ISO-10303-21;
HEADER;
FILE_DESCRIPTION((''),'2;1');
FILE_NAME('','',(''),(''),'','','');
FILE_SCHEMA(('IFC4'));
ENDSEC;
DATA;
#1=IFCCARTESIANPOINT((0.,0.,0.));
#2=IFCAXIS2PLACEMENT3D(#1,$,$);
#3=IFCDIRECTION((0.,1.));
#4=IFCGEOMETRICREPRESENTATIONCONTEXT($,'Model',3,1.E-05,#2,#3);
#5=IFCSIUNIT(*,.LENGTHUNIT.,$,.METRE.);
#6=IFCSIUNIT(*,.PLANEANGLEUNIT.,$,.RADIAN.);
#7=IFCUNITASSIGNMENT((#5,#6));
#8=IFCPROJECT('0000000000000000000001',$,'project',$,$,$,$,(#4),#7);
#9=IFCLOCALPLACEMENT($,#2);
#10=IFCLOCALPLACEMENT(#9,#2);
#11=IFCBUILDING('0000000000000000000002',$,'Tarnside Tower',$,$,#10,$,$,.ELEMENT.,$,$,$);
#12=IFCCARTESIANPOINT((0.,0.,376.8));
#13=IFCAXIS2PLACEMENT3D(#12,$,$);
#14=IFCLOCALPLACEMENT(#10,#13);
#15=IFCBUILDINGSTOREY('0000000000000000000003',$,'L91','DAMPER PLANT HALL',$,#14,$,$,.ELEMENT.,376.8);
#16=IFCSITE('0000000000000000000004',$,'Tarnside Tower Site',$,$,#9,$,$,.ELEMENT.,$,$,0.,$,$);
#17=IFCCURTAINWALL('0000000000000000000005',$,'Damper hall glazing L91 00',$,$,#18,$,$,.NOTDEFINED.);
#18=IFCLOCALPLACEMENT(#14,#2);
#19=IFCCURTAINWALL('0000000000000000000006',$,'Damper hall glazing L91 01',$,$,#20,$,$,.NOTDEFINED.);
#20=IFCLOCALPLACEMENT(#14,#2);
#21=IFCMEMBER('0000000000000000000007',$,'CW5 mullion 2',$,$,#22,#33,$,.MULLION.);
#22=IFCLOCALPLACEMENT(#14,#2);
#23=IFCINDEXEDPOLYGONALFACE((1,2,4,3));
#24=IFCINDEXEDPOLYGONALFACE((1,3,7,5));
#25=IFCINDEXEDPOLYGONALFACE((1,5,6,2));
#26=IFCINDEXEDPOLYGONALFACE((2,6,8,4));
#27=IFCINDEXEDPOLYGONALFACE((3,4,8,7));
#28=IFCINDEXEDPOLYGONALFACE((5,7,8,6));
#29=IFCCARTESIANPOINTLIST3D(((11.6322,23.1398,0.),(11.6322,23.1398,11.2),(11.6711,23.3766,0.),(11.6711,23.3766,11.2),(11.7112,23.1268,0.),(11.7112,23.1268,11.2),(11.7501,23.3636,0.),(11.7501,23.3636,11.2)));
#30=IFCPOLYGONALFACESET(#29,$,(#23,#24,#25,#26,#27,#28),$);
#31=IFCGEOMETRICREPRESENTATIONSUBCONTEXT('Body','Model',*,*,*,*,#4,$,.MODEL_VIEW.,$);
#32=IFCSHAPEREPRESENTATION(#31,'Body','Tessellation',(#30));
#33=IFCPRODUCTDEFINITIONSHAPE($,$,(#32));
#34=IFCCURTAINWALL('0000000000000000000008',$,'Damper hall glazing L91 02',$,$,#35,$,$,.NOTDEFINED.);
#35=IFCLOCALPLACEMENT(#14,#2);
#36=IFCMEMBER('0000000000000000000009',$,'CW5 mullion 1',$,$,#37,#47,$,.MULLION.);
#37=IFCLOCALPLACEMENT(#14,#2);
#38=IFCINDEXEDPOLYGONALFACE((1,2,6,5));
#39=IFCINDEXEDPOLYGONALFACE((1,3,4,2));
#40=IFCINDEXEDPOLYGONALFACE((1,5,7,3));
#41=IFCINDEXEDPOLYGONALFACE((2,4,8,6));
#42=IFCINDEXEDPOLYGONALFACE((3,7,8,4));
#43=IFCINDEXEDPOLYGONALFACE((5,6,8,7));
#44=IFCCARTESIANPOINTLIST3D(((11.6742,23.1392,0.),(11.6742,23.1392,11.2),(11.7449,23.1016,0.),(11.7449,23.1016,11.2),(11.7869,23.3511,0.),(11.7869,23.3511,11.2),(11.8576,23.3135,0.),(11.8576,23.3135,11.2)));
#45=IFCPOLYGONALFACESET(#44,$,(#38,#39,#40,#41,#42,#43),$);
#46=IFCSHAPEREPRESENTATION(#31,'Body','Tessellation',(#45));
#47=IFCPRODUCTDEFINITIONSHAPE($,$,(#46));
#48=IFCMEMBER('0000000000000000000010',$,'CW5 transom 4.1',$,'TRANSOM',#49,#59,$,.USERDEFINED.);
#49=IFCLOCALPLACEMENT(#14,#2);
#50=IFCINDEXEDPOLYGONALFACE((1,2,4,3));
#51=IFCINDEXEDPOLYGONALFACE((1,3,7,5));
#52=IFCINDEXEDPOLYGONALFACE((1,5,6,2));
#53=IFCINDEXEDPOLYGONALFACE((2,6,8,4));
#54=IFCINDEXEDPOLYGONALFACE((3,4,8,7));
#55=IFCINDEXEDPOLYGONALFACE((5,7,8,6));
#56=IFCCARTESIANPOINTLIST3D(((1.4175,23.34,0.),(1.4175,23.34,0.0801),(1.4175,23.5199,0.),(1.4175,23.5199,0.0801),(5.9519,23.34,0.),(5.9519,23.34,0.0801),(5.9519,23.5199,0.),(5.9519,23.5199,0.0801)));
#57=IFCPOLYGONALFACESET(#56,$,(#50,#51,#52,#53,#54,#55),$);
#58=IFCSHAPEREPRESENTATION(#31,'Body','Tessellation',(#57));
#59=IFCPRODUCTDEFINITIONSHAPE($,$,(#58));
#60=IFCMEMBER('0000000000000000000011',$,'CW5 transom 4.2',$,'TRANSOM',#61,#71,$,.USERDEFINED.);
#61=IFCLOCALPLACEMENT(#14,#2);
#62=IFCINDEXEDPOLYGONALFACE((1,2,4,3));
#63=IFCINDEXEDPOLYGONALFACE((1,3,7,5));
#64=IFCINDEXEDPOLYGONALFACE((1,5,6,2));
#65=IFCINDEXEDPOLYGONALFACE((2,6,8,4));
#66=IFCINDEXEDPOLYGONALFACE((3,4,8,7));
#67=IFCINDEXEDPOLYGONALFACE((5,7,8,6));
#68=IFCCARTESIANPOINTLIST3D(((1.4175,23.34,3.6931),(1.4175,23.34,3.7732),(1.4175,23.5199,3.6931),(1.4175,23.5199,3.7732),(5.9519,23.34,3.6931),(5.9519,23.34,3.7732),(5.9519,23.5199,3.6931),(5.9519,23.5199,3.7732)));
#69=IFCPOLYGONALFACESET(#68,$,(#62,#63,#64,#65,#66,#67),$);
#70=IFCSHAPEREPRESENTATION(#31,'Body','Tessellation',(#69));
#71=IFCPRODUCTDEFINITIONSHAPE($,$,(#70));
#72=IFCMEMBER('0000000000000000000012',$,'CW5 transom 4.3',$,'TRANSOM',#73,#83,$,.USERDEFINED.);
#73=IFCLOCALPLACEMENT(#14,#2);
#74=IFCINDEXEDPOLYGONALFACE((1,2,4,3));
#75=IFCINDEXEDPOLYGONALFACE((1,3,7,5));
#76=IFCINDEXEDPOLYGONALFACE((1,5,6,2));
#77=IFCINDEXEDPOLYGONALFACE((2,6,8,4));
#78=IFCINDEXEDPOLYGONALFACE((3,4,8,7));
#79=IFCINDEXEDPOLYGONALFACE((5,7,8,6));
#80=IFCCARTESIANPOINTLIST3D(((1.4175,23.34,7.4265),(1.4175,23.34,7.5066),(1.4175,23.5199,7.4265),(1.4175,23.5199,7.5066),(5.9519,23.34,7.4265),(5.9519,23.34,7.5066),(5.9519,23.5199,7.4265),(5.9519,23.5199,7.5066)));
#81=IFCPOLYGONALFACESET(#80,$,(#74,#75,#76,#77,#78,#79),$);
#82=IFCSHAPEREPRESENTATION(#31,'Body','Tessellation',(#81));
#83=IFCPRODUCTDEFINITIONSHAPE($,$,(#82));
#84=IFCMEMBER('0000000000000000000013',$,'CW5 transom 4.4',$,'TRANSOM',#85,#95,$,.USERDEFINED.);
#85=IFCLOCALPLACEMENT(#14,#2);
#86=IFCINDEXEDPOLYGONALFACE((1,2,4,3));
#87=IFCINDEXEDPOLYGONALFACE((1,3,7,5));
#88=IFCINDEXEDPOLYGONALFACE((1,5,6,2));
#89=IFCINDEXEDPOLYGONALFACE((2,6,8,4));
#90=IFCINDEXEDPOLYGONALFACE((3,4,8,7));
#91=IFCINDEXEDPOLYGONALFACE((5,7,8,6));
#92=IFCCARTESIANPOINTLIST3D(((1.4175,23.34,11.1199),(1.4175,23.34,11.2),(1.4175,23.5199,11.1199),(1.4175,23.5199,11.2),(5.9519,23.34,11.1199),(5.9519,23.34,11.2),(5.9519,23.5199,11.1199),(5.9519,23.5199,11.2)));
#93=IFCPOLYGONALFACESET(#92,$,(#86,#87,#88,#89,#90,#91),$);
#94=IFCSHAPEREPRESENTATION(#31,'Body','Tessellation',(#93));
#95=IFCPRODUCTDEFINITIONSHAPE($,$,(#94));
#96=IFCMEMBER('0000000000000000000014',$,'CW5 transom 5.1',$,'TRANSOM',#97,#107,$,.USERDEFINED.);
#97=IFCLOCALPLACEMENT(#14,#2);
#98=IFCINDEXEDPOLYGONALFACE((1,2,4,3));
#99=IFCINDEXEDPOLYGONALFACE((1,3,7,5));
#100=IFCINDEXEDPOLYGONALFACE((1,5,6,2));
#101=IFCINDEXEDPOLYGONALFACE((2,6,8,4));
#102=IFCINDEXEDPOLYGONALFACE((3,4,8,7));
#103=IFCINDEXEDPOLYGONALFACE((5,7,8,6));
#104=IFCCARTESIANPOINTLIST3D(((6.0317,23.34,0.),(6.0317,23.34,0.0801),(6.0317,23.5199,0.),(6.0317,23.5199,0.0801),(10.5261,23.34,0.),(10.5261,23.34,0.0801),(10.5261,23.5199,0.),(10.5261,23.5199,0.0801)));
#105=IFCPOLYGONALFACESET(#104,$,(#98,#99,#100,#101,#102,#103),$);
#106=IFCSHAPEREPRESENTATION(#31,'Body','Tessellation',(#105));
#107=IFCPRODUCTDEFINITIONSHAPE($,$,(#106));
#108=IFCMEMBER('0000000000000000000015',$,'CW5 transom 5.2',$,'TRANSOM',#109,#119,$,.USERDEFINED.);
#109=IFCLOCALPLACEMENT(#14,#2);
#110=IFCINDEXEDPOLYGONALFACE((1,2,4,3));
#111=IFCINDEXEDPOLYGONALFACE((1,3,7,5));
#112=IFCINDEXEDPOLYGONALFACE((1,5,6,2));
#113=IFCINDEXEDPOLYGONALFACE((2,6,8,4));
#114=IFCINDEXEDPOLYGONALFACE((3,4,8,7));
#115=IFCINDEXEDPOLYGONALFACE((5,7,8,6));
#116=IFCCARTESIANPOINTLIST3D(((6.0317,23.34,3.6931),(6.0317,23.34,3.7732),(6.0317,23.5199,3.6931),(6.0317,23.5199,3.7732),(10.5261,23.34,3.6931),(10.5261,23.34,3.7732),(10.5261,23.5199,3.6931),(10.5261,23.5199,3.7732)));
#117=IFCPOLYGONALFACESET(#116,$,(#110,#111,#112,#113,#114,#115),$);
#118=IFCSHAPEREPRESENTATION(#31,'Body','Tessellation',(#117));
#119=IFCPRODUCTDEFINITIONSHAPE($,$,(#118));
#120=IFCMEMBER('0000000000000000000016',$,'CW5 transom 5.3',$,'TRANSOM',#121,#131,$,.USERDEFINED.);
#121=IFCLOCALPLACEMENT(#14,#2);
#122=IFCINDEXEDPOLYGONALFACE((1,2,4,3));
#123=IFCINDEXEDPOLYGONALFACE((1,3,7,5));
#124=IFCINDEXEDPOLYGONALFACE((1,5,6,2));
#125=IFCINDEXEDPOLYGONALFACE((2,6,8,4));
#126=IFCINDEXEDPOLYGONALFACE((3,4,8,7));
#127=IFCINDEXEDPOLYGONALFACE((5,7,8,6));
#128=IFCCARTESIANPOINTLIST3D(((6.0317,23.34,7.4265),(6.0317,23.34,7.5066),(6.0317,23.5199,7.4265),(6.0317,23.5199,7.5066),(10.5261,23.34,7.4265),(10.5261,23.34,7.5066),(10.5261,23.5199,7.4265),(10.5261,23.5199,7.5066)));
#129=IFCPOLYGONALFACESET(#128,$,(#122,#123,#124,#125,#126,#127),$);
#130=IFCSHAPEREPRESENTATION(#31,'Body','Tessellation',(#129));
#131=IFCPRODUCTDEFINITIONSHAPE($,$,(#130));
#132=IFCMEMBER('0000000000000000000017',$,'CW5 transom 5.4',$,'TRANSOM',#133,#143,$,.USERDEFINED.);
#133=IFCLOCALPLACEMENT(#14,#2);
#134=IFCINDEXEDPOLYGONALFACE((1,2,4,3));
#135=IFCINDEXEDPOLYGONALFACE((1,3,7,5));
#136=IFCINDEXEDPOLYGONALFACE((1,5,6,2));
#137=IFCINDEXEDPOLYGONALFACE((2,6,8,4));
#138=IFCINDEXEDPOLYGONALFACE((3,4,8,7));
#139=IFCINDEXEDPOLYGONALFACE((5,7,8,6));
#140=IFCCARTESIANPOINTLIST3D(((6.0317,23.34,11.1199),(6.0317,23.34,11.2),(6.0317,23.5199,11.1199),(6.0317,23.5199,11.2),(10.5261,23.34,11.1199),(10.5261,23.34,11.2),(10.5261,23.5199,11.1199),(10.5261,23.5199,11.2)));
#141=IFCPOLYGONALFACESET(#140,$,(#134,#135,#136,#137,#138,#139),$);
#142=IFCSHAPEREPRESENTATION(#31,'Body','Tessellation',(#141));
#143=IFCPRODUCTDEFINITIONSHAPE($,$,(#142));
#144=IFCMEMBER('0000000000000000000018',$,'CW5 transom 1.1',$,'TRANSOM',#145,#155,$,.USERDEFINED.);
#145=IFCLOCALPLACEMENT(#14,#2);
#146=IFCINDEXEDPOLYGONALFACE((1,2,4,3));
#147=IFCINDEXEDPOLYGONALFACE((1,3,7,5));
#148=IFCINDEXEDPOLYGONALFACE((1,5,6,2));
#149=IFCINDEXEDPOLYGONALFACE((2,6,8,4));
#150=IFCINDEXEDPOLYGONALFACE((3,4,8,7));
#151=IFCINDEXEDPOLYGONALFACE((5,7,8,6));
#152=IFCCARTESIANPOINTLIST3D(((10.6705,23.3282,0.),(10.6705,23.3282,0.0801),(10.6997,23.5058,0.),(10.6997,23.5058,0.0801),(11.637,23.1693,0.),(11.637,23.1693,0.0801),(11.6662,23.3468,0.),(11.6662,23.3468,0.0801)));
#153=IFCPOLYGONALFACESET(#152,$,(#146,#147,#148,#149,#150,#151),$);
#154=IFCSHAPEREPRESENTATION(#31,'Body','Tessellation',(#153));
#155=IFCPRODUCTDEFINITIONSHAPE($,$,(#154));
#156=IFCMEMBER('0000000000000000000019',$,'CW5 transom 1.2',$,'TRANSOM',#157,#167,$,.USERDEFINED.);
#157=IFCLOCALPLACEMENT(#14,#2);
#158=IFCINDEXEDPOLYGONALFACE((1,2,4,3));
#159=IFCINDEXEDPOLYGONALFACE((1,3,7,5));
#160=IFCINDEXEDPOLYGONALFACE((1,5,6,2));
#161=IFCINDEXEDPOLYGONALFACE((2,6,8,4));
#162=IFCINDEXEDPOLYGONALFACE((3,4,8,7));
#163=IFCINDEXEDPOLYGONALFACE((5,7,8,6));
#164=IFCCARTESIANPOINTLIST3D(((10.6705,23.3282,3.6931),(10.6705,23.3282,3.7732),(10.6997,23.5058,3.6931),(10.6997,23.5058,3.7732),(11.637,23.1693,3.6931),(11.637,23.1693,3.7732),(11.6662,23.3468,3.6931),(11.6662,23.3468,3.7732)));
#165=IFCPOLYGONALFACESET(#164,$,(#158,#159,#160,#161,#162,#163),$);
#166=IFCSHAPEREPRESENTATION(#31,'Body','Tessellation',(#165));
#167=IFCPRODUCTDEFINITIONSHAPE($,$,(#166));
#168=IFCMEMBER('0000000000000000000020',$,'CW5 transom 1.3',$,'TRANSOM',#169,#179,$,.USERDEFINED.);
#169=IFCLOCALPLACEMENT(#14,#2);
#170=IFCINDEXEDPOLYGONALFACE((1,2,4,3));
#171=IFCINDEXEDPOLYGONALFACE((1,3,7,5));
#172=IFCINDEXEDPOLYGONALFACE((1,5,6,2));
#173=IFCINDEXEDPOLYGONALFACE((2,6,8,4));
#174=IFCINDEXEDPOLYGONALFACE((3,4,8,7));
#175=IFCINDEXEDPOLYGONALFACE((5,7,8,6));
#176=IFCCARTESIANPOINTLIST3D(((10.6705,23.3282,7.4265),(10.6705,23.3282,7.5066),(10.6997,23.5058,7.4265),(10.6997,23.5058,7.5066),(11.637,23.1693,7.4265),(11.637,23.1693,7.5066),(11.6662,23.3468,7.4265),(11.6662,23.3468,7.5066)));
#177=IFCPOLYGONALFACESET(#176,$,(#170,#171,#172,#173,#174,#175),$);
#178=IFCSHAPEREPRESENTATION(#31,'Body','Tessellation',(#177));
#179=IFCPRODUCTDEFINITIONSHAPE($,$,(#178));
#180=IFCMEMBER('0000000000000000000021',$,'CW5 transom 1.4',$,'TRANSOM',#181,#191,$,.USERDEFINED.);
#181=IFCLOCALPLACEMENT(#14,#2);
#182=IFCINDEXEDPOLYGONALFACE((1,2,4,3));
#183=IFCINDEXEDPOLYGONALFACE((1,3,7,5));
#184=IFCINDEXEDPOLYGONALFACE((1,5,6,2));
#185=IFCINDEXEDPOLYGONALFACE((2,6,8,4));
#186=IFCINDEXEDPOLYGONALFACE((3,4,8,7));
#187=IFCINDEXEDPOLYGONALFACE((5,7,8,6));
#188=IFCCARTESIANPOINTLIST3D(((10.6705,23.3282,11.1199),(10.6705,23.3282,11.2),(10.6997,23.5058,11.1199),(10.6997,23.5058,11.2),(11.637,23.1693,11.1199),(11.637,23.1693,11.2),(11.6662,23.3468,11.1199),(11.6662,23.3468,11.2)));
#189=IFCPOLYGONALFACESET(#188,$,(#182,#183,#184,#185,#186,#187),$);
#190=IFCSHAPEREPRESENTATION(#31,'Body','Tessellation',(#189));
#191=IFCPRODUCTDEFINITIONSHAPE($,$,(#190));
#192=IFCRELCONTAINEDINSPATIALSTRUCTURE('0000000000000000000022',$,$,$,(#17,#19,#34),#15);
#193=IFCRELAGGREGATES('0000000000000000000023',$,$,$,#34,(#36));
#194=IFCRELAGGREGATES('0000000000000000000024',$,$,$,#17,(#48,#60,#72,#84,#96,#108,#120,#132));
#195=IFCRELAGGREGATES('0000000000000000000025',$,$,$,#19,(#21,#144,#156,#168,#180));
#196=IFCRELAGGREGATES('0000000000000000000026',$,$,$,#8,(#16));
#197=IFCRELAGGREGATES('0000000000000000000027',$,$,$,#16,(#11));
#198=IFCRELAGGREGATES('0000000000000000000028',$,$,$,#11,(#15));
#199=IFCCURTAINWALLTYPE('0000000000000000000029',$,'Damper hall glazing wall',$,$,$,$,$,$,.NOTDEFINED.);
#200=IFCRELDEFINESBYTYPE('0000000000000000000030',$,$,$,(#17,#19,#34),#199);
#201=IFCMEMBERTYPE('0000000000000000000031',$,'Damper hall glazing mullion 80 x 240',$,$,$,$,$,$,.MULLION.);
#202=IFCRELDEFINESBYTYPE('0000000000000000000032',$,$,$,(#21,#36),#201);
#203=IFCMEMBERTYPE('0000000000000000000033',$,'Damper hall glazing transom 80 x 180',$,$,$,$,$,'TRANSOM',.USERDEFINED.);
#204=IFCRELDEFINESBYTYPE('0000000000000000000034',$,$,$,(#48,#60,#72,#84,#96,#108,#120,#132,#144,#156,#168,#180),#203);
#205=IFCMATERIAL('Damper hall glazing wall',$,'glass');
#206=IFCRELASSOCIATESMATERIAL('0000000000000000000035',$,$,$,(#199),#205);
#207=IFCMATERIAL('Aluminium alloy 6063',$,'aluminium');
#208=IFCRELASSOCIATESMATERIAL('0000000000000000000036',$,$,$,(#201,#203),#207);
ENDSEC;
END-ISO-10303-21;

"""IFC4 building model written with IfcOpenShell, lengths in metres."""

from ifc_helpers import new_model, si_unit, direction, frame, origin, origin_2d, place, context, subcontext, project, spatial, rectangle, extrude, material, material_profile, profile_set, type_object, element, aggregate, save


model = new_model("IFC4")

# Units and contexts
model_context = context("Model", 3, precision=1e-05, world=origin(), true_north=direction((0.0, 1.0)))
body_context = subcontext(model_context, "Body", "Model", "MODEL_VIEW")
ifc_project = project(units=[si_unit("LENGTHUNIT", "METRE"), si_unit("PLANEANGLEUNIT", "RADIAN")], contexts=[model_context])

# Site, building, storey
site_placement = place(None, origin())
site = spatial("IfcSite", under=ifc_project, at=site_placement, Name="Tarnside Tower Site", CompositionType="ELEMENT", RefElevation=0.0)
building_placement = place(site_placement, origin())
building = spatial("IfcBuilding", under=site, at=building_placement, Name="Tarnside Tower", CompositionType="ELEMENT")
storey_placement = place(building_placement, frame((0.0, 0.0, 376.8)))
storey = spatial("IfcBuildingStorey", under=building, at=storey_placement, Name="L91", Description="DAMPER PLANT HALL", CompositionType="ELEMENT", Elevation=376.8)

# Curtain walls, member
ifc_material_1 = material(Name="Damper hall glazing wall", Category="glass")
curtain_wall_type = type_object("IfcCurtainWallType", Name="Damper hall glazing wall", PredefinedType="NOTDEFINED", material=ifc_material_1)
curtain_wall_1_placement = place(storey_placement, origin())
curtain_wall_1 = element("IfcCurtainWall", 1, at=curtain_wall_1_placement, inside=storey, type_object=curtain_wall_type, Name="Damper hall glazing L91 00", PredefinedType="NOTDEFINED")
ifc_material_2 = material(Name="Aluminium alloy 6063", Category="aluminium")
ifc_material_profile_1 = material_profile(ifc_material_2, rectangle(XDim=0.24, YDim=0.0801, at=origin_2d()), Name="Damper hall glazing mullion 80 x 240")
ifc_profile_set_1 = profile_set([ifc_material_profile_1], Name="Aluminium alloy 6063")
member_type_1 = type_object("IfcMemberType", Name="Damper hall glazing mullion 80 x 240", PredefinedType="MULLION", material=ifc_profile_set_1)
curtain_wall_2_placement = place(storey_placement, origin())
curtain_wall_2 = element("IfcCurtainWall", 2, at=curtain_wall_2_placement, inside=storey, type_object=curtain_wall_type, Name="Damper hall glazing L91 01", PredefinedType="NOTDEFINED")
member_1_placement = place(storey_placement, frame((11.6912, 23.2517, 0.0), z_axis=(0.0, 0.0, 1.0), x_axis=(0.162178, 0.986762, 0.0)))
member_1 = element("IfcMember", 3, at=member_1_placement, type_object=member_type_1, Name="CW5 mullion 2", PredefinedType="MULLION", context=body_context, shape_type="SweptSolid", body=[
    extrude(rectangle(XDim=0.24, YDim=0.0801, at=origin_2d()), origin(), (0.0, 0.0, 1.0), 11.2),
])

# Curtain wall, member
curtain_wall_3_placement = place(storey_placement, origin())
curtain_wall_3 = element("IfcCurtainWall", 4, at=curtain_wall_3_placement, inside=storey, type_object=curtain_wall_type, Name="Damper hall glazing L91 02", PredefinedType="NOTDEFINED")
member_2_placement = place(storey_placement, frame((11.7659, 23.2263, 0.0), z_axis=(0.0, 0.0, 1.0), x_axis=(0.469472, 0.882948, 0.0)))
member_2 = element("IfcMember", 5, at=member_2_placement, type_object=member_type_1, Name="CW5 mullion 1", PredefinedType="MULLION", context=body_context, shape_type="SweptSolid", body=[
    extrude(rectangle(XDim=0.24, YDim=0.0801, at=origin_2d()), origin(), (0.0, 0.0, 1.0), 11.2),
])

# Members
ifc_material_profile_2 = material_profile(ifc_material_2, rectangle(XDim=0.1799, YDim=0.0801, at=origin_2d()), Name="Damper hall glazing transom 80 x 180")
ifc_profile_set_2 = profile_set([ifc_material_profile_2], Name="Aluminium alloy 6063")
member_type_2 = type_object("IfcMemberType", Name="Damper hall glazing transom 80 x 180", ElementType="TRANSOM", PredefinedType="USERDEFINED", material=ifc_profile_set_2)
member_3_placement = place(storey_placement, frame((1.4175, 23.4299, 0.04), z_axis=(1.0, 0.0, 0.0), x_axis=(0.0, 1.0, 0.0)))
member_3 = element("IfcMember", 6, at=member_3_placement, type_object=member_type_2, Name="CW5 transom 4.1", ObjectType="TRANSOM", PredefinedType="USERDEFINED", context=body_context, shape_type="SweptSolid", body=[
    extrude(rectangle(XDim=0.1799, YDim=0.0801, at=origin_2d()), origin(), (0.0, 0.0, 1.0), 4.5344),
])
member_4_placement = place(storey_placement, frame((1.4175, 23.4299, 3.7332), z_axis=(1.0, 0.0, 0.0), x_axis=(0.0, 1.0, 0.0)))
member_4 = element("IfcMember", 7, at=member_4_placement, type_object=member_type_2, Name="CW5 transom 4.2", ObjectType="TRANSOM", PredefinedType="USERDEFINED", context=body_context, shape_type="SweptSolid", body=[
    extrude(rectangle(XDim=0.1799, YDim=0.0801, at=origin_2d()), origin(), (0.0, 0.0, 1.0), 4.5344),
])
member_5_placement = place(storey_placement, frame((1.4175, 23.4299, 7.4666), z_axis=(1.0, 0.0, 0.0), x_axis=(0.0, 1.0, 0.0)))
member_5 = element("IfcMember", 8, at=member_5_placement, type_object=member_type_2, Name="CW5 transom 4.3", ObjectType="TRANSOM", PredefinedType="USERDEFINED", context=body_context, shape_type="SweptSolid", body=[
    extrude(rectangle(XDim=0.1799, YDim=0.0801, at=origin_2d()), origin(), (0.0, 0.0, 1.0), 4.5344),
])
member_6_placement = place(storey_placement, frame((1.4175, 23.4299, 11.1599), z_axis=(1.0, 0.0, 0.0), x_axis=(0.0, 1.0, 0.0)))
member_6 = element("IfcMember", 9, at=member_6_placement, type_object=member_type_2, Name="CW5 transom 4.4", ObjectType="TRANSOM", PredefinedType="USERDEFINED", context=body_context, shape_type="SweptSolid", body=[
    extrude(rectangle(XDim=0.1799, YDim=0.0801, at=origin_2d()), origin(), (0.0, 0.0, 1.0), 4.5344),
])
member_7_placement = place(storey_placement, frame((6.0317, 23.4299, 0.04), z_axis=(1.0, 0.0, 0.0), x_axis=(0.0, 1.0, 0.0)))
member_7 = element("IfcMember", 10, at=member_7_placement, type_object=member_type_2, Name="CW5 transom 5.1", ObjectType="TRANSOM", PredefinedType="USERDEFINED", context=body_context, shape_type="SweptSolid", body=[
    extrude(rectangle(XDim=0.1799, YDim=0.0801, at=origin_2d()), origin(), (0.0, 0.0, 1.0), 4.4944),
])
member_8_placement = place(storey_placement, frame((6.0317, 23.4299, 3.7332), z_axis=(1.0, 0.0, 0.0), x_axis=(0.0, 1.0, 0.0)))
member_8 = element("IfcMember", 11, at=member_8_placement, type_object=member_type_2, Name="CW5 transom 5.2", ObjectType="TRANSOM", PredefinedType="USERDEFINED", context=body_context, shape_type="SweptSolid", body=[
    extrude(rectangle(XDim=0.1799, YDim=0.0801, at=origin_2d()), origin(), (0.0, 0.0, 1.0), 4.4944),
])
member_9_placement = place(storey_placement, frame((6.0317, 23.4299, 7.4666), z_axis=(1.0, 0.0, 0.0), x_axis=(0.0, 1.0, 0.0)))
member_9 = element("IfcMember", 12, at=member_9_placement, type_object=member_type_2, Name="CW5 transom 5.3", ObjectType="TRANSOM", PredefinedType="USERDEFINED", context=body_context, shape_type="SweptSolid", body=[
    extrude(rectangle(XDim=0.1799, YDim=0.0801, at=origin_2d()), origin(), (0.0, 0.0, 1.0), 4.4944),
])
member_10_placement = place(storey_placement, frame((6.0317, 23.4299, 11.1599), z_axis=(1.0, 0.0, 0.0), x_axis=(0.0, 1.0, 0.0)))
member_10 = element("IfcMember", 13, at=member_10_placement, type_object=member_type_2, Name="CW5 transom 5.4", ObjectType="TRANSOM", PredefinedType="USERDEFINED", context=body_context, shape_type="SweptSolid", body=[
    extrude(rectangle(XDim=0.1799, YDim=0.0801, at=origin_2d()), origin(), (0.0, 0.0, 1.0), 4.4944),
])
member_11_placement = place(storey_placement, frame((10.6851, 23.417, 0.04), z_axis=(0.986749, -0.162256, 0.0), x_axis=(0.162256, 0.986749, 0.0)))
member_11 = element("IfcMember", 14, at=member_11_placement, type_object=member_type_2, Name="CW5 transom 1.1", ObjectType="TRANSOM", PredefinedType="USERDEFINED", context=body_context, shape_type="SweptSolid", body=[
    extrude(rectangle(XDim=0.1799, YDim=0.0801, at=origin_2d()), origin(), (0.0, 0.0, 1.0), 0.9795),
])
member_12_placement = place(storey_placement, frame((10.6851, 23.417, 3.7332), z_axis=(0.986749, -0.162256, 0.0), x_axis=(0.162256, 0.986749, 0.0)))
member_12 = element("IfcMember", 15, at=member_12_placement, type_object=member_type_2, Name="CW5 transom 1.2", ObjectType="TRANSOM", PredefinedType="USERDEFINED", context=body_context, shape_type="SweptSolid", body=[
    extrude(rectangle(XDim=0.1799, YDim=0.0801, at=origin_2d()), origin(), (0.0, 0.0, 1.0), 0.9795),
])
member_13_placement = place(storey_placement, frame((10.6851, 23.417, 7.4666), z_axis=(0.986749, -0.162256, 0.0), x_axis=(0.162256, 0.986749, 0.0)))
member_13 = element("IfcMember", 16, at=member_13_placement, type_object=member_type_2, Name="CW5 transom 1.3", ObjectType="TRANSOM", PredefinedType="USERDEFINED", context=body_context, shape_type="SweptSolid", body=[
    extrude(rectangle(XDim=0.1799, YDim=0.0801, at=origin_2d()), origin(), (0.0, 0.0, 1.0), 0.9795),
])
member_14_placement = place(storey_placement, frame((10.6851, 23.417, 11.1599), z_axis=(0.986749, -0.162256, 0.0), x_axis=(0.162256, 0.986749, 0.0)))
member_14 = element("IfcMember", 17, at=member_14_placement, type_object=member_type_2, Name="CW5 transom 1.4", ObjectType="TRANSOM", PredefinedType="USERDEFINED", context=body_context, shape_type="SweptSolid", body=[
    extrude(rectangle(XDim=0.1799, YDim=0.0801, at=origin_2d()), origin(), (0.0, 0.0, 1.0), 0.9795),
])
aggregate(curtain_wall_3, [member_2])

aggregate(curtain_wall_1, [member_3, member_4, member_5, member_6, member_7, member_8, member_9, member_10])
aggregate(curtain_wall_2, [member_1, member_11, member_12, member_13, member_14])

save(model, "model.ifc")
